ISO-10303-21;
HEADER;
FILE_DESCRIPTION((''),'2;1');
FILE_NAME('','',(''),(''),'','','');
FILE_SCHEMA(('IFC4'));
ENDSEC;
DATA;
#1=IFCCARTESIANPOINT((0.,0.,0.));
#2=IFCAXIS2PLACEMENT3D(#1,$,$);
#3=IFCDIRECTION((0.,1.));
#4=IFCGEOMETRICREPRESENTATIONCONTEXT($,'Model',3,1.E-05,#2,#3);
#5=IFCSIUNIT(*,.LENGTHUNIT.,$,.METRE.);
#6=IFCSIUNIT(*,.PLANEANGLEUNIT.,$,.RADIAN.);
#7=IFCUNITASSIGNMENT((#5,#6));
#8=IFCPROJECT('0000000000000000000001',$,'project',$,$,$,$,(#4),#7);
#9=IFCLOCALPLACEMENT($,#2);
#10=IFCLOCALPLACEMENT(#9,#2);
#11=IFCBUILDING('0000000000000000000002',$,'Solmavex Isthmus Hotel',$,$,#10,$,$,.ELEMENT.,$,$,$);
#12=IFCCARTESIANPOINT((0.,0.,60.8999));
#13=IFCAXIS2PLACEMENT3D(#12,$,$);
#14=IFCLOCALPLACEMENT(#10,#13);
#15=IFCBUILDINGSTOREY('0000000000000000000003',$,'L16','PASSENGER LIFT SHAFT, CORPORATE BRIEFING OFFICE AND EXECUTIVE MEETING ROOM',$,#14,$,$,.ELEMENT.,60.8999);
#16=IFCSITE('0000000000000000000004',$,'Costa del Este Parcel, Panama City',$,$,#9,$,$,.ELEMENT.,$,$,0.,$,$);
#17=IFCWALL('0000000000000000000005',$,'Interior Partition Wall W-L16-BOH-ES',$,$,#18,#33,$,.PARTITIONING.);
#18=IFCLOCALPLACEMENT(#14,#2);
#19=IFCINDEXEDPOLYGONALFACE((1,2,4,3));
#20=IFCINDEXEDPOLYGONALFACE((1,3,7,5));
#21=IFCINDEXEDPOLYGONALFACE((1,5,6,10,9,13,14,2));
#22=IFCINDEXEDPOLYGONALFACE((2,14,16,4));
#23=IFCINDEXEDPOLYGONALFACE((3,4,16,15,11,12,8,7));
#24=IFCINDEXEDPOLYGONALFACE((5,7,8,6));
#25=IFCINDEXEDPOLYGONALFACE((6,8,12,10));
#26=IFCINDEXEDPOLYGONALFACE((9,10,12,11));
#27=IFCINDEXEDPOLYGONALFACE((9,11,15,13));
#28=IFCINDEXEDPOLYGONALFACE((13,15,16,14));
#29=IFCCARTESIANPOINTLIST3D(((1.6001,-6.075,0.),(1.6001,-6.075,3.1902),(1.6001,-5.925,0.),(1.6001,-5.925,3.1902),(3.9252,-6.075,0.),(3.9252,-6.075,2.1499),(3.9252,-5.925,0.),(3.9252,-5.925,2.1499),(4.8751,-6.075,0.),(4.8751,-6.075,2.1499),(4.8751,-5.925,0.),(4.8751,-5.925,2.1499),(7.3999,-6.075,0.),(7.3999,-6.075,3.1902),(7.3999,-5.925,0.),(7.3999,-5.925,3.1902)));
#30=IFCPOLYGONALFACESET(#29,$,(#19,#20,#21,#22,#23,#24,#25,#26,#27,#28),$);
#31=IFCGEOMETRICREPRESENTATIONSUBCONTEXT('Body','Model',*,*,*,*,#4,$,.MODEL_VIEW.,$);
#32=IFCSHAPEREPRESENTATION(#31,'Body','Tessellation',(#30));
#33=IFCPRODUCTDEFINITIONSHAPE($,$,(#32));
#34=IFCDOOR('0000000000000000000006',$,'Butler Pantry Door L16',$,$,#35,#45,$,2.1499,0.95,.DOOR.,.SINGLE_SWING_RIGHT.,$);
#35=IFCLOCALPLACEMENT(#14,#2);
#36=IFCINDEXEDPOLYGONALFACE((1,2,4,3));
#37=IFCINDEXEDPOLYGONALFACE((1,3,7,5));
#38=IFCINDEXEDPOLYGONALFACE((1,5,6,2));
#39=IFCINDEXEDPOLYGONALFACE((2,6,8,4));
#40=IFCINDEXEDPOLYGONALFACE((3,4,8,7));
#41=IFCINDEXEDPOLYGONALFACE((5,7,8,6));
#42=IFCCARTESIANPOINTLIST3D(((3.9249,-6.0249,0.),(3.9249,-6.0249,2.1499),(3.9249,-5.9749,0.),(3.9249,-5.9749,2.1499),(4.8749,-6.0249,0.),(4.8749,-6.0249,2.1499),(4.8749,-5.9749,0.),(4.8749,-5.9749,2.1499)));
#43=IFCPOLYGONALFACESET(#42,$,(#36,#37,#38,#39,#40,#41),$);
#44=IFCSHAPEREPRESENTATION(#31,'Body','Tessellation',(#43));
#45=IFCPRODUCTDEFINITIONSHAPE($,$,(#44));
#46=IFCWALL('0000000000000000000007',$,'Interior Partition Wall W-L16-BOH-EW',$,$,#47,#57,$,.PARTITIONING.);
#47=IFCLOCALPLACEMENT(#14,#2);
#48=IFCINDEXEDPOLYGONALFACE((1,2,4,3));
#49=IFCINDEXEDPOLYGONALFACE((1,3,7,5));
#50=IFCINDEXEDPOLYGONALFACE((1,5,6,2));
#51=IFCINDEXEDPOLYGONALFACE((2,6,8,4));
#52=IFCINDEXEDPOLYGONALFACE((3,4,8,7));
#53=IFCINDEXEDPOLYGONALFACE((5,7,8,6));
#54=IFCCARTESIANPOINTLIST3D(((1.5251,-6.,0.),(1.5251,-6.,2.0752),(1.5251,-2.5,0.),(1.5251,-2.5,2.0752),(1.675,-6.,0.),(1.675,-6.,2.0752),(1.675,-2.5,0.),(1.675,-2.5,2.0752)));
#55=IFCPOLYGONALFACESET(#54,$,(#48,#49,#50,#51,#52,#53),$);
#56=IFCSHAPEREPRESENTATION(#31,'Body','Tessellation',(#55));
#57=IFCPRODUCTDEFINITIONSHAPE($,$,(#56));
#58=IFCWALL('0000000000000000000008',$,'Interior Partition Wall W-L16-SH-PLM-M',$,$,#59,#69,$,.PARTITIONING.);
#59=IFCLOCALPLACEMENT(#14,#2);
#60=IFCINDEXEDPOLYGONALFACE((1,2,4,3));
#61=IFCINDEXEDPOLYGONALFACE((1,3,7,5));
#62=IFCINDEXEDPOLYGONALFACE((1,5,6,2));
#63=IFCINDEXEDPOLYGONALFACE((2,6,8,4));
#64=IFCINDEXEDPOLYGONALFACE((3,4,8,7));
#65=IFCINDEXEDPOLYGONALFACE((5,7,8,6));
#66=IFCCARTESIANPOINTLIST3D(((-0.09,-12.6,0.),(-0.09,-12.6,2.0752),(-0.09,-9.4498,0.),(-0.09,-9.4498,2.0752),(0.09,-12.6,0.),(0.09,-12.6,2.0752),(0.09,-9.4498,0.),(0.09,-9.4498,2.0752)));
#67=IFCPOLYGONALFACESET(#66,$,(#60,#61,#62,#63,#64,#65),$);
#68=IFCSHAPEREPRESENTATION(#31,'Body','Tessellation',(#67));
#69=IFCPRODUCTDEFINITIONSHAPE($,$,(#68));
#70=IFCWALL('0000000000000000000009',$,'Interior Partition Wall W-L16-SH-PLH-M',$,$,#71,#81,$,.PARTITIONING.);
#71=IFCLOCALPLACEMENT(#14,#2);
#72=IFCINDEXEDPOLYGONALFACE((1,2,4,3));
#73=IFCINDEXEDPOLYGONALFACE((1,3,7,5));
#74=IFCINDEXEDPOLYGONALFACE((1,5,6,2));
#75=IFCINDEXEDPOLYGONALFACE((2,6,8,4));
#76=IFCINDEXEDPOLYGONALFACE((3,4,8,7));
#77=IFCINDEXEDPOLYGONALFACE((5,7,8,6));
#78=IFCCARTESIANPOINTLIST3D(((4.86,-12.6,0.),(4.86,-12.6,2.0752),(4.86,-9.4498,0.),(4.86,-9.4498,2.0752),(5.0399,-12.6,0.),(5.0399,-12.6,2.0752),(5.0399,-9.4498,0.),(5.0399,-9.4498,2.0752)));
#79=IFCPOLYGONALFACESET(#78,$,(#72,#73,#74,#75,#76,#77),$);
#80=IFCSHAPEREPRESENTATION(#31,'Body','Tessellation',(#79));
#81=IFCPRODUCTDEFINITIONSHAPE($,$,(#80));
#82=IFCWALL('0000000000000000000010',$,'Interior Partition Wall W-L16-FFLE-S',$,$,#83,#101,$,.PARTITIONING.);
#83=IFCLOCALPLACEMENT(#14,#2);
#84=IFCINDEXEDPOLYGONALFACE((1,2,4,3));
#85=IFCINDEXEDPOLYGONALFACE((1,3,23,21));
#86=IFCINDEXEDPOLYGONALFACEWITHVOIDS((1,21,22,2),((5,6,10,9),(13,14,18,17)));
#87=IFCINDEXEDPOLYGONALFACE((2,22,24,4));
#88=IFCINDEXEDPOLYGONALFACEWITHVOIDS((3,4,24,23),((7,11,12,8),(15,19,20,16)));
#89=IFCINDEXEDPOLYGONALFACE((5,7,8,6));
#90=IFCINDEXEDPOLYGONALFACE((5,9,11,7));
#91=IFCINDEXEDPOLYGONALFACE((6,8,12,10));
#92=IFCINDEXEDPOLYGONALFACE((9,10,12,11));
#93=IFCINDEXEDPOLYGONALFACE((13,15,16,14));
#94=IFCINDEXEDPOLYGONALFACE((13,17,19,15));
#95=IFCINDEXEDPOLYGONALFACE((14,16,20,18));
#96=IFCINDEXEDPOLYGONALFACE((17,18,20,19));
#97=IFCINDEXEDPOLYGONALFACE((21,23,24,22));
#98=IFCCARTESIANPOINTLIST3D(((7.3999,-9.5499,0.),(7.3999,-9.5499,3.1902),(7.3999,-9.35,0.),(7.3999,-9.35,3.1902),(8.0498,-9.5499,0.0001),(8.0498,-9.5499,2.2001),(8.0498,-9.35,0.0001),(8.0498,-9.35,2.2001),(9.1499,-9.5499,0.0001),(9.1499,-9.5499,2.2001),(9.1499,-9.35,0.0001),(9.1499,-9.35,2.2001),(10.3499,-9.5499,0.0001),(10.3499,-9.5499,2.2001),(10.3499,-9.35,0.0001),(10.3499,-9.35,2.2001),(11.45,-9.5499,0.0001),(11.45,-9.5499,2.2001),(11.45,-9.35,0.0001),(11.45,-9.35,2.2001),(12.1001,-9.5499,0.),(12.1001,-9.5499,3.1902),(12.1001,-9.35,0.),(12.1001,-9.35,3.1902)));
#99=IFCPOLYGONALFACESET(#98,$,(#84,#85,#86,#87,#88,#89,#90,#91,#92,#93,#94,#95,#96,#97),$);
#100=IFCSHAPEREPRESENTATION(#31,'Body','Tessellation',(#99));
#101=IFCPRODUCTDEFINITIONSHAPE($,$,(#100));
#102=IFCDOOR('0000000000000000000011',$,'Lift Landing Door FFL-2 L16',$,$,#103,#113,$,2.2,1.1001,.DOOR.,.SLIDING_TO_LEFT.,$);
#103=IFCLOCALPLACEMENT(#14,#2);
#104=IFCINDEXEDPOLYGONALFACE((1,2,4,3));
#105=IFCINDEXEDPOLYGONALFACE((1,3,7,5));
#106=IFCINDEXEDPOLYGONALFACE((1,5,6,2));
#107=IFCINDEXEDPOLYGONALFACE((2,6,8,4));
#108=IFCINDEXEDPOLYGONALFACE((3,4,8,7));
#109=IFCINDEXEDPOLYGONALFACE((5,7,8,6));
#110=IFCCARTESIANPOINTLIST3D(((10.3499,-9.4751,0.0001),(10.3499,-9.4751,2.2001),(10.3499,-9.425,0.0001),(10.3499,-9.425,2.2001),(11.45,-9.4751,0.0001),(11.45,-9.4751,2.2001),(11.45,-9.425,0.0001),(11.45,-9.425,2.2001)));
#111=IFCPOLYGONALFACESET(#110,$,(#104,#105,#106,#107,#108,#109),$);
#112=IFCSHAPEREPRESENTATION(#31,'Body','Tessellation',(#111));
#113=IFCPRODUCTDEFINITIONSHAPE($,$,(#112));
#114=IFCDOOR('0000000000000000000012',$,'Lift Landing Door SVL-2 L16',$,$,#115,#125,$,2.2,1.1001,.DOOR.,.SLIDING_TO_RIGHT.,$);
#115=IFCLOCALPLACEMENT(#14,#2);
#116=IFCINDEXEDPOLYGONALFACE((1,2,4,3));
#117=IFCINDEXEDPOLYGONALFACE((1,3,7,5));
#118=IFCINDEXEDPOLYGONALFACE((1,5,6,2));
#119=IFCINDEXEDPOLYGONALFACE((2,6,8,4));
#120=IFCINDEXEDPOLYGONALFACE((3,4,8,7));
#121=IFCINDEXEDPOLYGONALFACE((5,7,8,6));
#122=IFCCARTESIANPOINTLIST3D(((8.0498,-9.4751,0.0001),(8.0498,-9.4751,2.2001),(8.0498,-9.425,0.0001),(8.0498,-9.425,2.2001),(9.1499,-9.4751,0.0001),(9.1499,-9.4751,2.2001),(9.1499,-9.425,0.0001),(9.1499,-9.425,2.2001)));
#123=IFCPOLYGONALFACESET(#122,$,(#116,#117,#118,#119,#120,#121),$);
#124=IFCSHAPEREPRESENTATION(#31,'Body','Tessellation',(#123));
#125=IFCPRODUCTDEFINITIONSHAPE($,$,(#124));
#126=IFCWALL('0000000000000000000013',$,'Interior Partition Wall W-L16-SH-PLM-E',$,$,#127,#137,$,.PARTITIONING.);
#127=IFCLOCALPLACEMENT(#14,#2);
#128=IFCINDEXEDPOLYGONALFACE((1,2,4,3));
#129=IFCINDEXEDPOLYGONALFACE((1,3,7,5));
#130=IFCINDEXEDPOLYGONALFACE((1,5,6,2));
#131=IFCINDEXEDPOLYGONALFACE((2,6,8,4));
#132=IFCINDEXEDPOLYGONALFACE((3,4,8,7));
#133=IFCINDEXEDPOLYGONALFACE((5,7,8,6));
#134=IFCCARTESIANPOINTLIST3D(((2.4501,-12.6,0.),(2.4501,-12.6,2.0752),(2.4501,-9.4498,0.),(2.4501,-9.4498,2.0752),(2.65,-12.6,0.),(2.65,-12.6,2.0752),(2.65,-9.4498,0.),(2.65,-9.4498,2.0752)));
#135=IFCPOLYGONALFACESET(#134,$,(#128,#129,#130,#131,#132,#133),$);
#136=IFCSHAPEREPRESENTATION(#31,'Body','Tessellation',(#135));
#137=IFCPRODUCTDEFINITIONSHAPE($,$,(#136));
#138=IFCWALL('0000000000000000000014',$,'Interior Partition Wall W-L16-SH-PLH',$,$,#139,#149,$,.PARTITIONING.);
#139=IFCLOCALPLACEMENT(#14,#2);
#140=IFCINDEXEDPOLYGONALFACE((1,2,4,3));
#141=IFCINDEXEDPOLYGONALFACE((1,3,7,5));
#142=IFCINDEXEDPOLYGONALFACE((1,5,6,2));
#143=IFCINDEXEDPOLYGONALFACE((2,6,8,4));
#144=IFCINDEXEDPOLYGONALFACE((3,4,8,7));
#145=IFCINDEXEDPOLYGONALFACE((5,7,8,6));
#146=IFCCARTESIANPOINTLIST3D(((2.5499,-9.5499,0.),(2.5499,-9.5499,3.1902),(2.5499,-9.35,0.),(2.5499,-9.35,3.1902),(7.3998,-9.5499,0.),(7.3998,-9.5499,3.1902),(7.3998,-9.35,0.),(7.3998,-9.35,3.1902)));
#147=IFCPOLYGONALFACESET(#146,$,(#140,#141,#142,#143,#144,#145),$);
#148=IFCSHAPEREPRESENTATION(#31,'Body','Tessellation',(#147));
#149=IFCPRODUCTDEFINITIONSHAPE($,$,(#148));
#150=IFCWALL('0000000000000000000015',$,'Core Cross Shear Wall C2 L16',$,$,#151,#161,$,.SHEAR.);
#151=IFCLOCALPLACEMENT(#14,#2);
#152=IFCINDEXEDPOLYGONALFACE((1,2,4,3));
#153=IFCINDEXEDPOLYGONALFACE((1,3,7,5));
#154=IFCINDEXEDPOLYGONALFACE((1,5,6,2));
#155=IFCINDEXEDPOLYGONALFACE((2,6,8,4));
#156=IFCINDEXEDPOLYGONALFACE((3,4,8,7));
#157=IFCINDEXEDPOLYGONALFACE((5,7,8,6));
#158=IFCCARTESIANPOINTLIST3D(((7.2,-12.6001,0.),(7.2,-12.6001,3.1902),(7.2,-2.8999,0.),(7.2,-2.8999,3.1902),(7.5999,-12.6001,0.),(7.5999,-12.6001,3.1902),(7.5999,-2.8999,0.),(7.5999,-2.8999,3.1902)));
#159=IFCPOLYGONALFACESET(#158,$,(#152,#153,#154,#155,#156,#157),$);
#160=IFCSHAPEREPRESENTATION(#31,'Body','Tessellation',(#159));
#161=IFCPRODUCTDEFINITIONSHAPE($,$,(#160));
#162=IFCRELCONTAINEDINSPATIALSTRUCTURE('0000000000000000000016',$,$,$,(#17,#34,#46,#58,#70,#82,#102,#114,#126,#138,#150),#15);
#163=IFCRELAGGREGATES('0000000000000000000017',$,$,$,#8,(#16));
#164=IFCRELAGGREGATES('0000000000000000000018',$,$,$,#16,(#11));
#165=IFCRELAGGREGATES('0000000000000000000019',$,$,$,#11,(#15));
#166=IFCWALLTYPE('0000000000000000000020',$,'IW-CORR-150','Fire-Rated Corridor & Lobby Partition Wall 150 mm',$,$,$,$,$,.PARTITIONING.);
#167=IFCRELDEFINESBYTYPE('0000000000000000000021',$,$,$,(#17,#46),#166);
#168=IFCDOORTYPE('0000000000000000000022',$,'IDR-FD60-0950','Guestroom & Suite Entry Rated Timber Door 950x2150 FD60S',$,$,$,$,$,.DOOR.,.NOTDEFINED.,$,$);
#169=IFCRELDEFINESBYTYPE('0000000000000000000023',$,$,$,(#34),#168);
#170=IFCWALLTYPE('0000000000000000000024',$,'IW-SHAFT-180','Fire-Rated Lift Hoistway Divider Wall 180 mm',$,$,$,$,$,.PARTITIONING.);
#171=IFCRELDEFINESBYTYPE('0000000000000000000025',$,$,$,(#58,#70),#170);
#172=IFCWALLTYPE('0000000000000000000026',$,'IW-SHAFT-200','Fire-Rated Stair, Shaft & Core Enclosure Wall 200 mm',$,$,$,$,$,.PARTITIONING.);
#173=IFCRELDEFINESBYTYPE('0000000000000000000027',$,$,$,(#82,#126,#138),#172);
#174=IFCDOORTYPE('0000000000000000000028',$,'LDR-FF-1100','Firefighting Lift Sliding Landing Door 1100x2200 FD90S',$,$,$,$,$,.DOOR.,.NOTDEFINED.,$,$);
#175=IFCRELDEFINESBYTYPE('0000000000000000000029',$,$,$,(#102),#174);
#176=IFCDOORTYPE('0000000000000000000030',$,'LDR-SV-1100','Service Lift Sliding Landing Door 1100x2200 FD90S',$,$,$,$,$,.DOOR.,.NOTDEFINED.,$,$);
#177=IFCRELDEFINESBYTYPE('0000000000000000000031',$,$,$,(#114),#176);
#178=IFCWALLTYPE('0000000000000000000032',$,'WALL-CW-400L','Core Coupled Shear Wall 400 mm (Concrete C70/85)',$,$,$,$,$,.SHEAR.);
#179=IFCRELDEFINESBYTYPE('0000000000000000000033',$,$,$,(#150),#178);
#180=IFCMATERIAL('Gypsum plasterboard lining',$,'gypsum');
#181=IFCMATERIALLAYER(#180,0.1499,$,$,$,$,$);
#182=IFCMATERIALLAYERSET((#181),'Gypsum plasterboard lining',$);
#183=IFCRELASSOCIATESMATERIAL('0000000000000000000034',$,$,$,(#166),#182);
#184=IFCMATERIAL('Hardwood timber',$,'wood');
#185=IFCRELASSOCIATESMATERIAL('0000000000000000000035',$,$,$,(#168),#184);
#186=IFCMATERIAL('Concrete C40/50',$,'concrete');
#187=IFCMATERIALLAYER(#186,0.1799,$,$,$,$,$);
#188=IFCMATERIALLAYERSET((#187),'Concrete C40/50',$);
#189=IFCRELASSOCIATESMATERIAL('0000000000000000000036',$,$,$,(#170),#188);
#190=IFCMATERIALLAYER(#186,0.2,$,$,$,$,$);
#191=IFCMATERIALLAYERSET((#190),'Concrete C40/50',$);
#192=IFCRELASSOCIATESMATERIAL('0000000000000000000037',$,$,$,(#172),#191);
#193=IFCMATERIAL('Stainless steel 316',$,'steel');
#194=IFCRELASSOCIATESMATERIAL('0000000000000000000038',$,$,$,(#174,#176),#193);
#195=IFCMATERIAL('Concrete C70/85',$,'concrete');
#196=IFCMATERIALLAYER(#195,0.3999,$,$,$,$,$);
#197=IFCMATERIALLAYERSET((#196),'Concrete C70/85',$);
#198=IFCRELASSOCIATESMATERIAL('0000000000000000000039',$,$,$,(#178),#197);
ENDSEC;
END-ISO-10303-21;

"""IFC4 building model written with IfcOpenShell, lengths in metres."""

from ifc_helpers import new_model, si_unit, direction, frame, frame_2d, origin, place, context, subcontext, project, spatial, rectangle, extrude, material, layer, layer_set, type_object, element, fill, save


model = new_model("IFC4")

# Units and contexts
model_context = context("Model", 3, precision=1e-05, world=origin(), true_north=direction((0.0, 1.0)))
body_context = subcontext(model_context, "Body", "Model", "MODEL_VIEW")
ifc_project = project(units=[si_unit("LENGTHUNIT", "METRE"), si_unit("PLANEANGLEUNIT", "RADIAN")], contexts=[model_context])

# Site, building, storey
site_placement = place(None, origin())
site = spatial("IfcSite", under=ifc_project, at=site_placement, Name="Costa del Este Parcel, Panama City", CompositionType="ELEMENT", RefElevation=0.0)
building_placement = place(site_placement, origin())
building = spatial("IfcBuilding", under=site, at=building_placement, Name="Solmavex Isthmus Hotel", CompositionType="ELEMENT")
storey_placement = place(building_placement, frame((0.0, 0.0, 60.8999)))
storey = spatial("IfcBuildingStorey", under=building, at=storey_placement, Name="L16", Description="PASSENGER LIFT SHAFT, CORPORATE BRIEFING OFFICE AND EXECUTIVE MEETING ROOM", CompositionType="ELEMENT", Elevation=60.8999)

# Shared definitions
ifc_material_1 = material(Name="Concrete C70/85", Category="concrete")

# Shared definitions
ifc_material_2 = material(Name="Concrete C40/50", Category="concrete")

# Shared definitions
ifc_material_3 = material(Name="Gypsum plasterboard lining", Category="gypsum")

# Wall, opening, door
ifc_layer_1 = layer(ifc_material_3, 0.1499)
ifc_layer_set_1 = layer_set([ifc_layer_1], Name="Gypsum plasterboard lining")
wall_type_1 = type_object("IfcWallType", Name="IW-CORR-150", Description="Fire-Rated Corridor & Lobby Partition Wall 150 mm", PredefinedType="PARTITIONING", material=ifc_layer_set_1)
wall_1_placement = place(storey_placement, frame((1.6001, -6.0, 0.0), z_axis=(0.0, 0.0, 1.0), x_axis=(1.0, 0.0, 0.0)))
wall_1 = element("IfcWall", 1, at=wall_1_placement, inside=storey, type_object=wall_type_1, Name="Interior Partition Wall W-L16-BOH-ES", PredefinedType="PARTITIONING", context=body_context, shape_type="SweptSolid", body=[
    extrude(rectangle(XDim=5.7998, YDim=0.1499, at=frame_2d((2.8999, 0.0))), origin(), (0.0, 0.0, 1.0), 3.1902),
])
opening_1_placement = place(wall_1_placement, frame((2.325, 0.0, 0.0)))
opening_1 = element("IfcOpeningElement", 2, at=opening_1_placement, cuts=wall_1, PredefinedType="OPENING", context=body_context, shape_type="SweptSolid", body=[
    extrude(rectangle(XDim=0.95, YDim=2.1499, at=frame_2d((0.4751, 1.075))), frame((0.0, 0.085, 0.0), z_axis=(0.0, -1.0, 0.0), x_axis=(1.0, 0.0, 0.0)), (0.0, 0.0, 1.0), 0.1699),
])
ifc_material_4 = material(Name="Hardwood timber", Category="wood")
door_type_1 = type_object("IfcDoorType", Name="IDR-FD60-0950", Description="Guestroom & Suite Entry Rated Timber Door 950x2150 FD60S", OperationType="NOTDEFINED", PredefinedType="DOOR", material=ifc_material_4)
door_1_placement = place(opening_1_placement, frame((0.95, 0.0, 0.0), z_axis=(0.0, 0.0, 1.0), x_axis=(-1.0, 0.0, 0.0)))
door_1 = element("IfcDoor", 3, at=door_1_placement, inside=storey, type_object=door_type_1, Name="Butler Pantry Door L16", OperationType="SINGLE_SWING_RIGHT", OverallHeight=2.1499, OverallWidth=0.95, PredefinedType="DOOR", context=body_context, shape_type="SweptSolid", body=[
    extrude(rectangle(XDim=0.95, YDim=2.1499, at=frame_2d((0.4751, 1.075))), frame((0.0, 0.0249, 0.0), z_axis=(0.0, -1.0, 0.0), x_axis=(1.0, 0.0, 0.0)), (0.0, 0.0, 1.0), 0.05),
])
fill(opening_1, door_1)

# Walls
wall_2_placement = place(storey_placement, frame((1.6001, -6.0, 0.0), z_axis=(0.0, 0.0, 1.0), x_axis=(0.0, 1.0, 0.0)))
element("IfcWall", 4, at=wall_2_placement, inside=storey, type_object=wall_type_1, Name="Interior Partition Wall W-L16-BOH-EW", PredefinedType="PARTITIONING", context=body_context, shape_type="SweptSolid", body=[
    extrude(rectangle(XDim=3.5, YDim=0.1499, at=frame_2d((1.75, 0.0))), origin(), (0.0, 0.0, 1.0), 2.0752),
])
ifc_layer_2 = layer(ifc_material_2, 0.1799)
ifc_layer_set_2 = layer_set([ifc_layer_2], Name="Concrete C40/50")
wall_type_2 = type_object("IfcWallType", Name="IW-SHAFT-180", Description="Fire-Rated Lift Hoistway Divider Wall 180 mm", PredefinedType="PARTITIONING", material=ifc_layer_set_2)
for number, where, z_axis, x_axis, name in (
    (5, (0.0, -12.6001, 0.0), (0.0, 0.0, 1.0), (0.0, 1.0, 0.0), "Interior Partition Wall W-L16-SH-PLM-M"),
    (6, (4.95, -12.6001, 0.0), (0.0, 0.0, 1.0), (0.0, 1.0, 0.0), "Interior Partition Wall W-L16-SH-PLH-M"),
):
    element("IfcWall", number, at=place(storey_placement, frame(where, z_axis=z_axis, x_axis=x_axis)), inside=storey, type_object=wall_type_2, Name=name, PredefinedType="PARTITIONING", context=body_context, shape_type="SweptSolid", body=[
        extrude(rectangle(XDim=3.1501, YDim=0.1799, at=frame_2d((1.5752, 0.0))), origin(), (0.0, 0.0, 1.0), 2.0752),
    ])

# Wall, openings, doors
ifc_layer_3 = layer(ifc_material_2, 0.2)
ifc_layer_set_3 = layer_set([ifc_layer_3], Name="Concrete C40/50")
wall_type_3 = type_object("IfcWallType", Name="IW-SHAFT-200", Description="Fire-Rated Stair, Shaft & Core Enclosure Wall 200 mm", PredefinedType="PARTITIONING", material=ifc_layer_set_3)
wall_3_placement = place(storey_placement, frame((7.3999, -9.45, 0.0), z_axis=(0.0, 0.0, 1.0), x_axis=(1.0, 0.0, 0.0)))
wall_3 = element("IfcWall", 7, at=wall_3_placement, inside=storey, type_object=wall_type_3, Name="Interior Partition Wall W-L16-FFLE-S", PredefinedType="PARTITIONING", context=body_context, shape_type="SweptSolid", body=[
    extrude(rectangle(XDim=4.7002, YDim=0.2, at=frame_2d((2.3501, 0.0))), origin(), (0.0, 0.0, 1.0), 3.1902),
])
opening_2_placement = place(wall_3_placement, frame((2.95, 0.0, 0.0)))
opening_2 = element("IfcOpeningElement", 8, at=opening_2_placement, cuts=wall_3, PredefinedType="OPENING", context=body_context, shape_type="SweptSolid", body=[
    extrude(rectangle(XDim=1.1001, YDim=2.2, at=frame_2d((0.55, 1.1001))), frame((0.0, 0.1099, 0.0), z_axis=(0.0, -1.0, 0.0), x_axis=(1.0, 0.0, 0.0)), (0.0, 0.0, 1.0), 0.22),
])
opening_3_placement = place(wall_3_placement, frame((0.6499, 0.0, 0.0)))
opening_3 = element("IfcOpeningElement", 9, at=opening_3_placement, cuts=wall_3, PredefinedType="OPENING", context=body_context, shape_type="SweptSolid", body=[
    extrude(rectangle(XDim=1.1001, YDim=2.2, at=frame_2d((0.55, 1.1001))), frame((0.0, 0.1099, 0.0), z_axis=(0.0, -1.0, 0.0), x_axis=(1.0, 0.0, 0.0)), (0.0, 0.0, 1.0), 0.22),
])
ifc_material_5 = material(Name="Stainless steel 316", Category="steel")
door_type_2 = type_object("IfcDoorType", Name="LDR-FF-1100", Description="Firefighting Lift Sliding Landing Door 1100x2200 FD90S", OperationType="NOTDEFINED", PredefinedType="DOOR", material=ifc_material_5)
door_2_placement = place(opening_2_placement, origin())
door_2 = element("IfcDoor", 10, at=door_2_placement, inside=storey, type_object=door_type_2, Name="Lift Landing Door FFL-2 L16", OperationType="SLIDING_TO_LEFT", OverallHeight=2.2, OverallWidth=1.1001, PredefinedType="DOOR", context=body_context, shape_type="SweptSolid", body=[
    extrude(rectangle(XDim=1.1001, YDim=2.2, at=frame_2d((0.55, 1.1001))), frame((0.0, 0.0249, 0.0), z_axis=(0.0, -1.0, 0.0), x_axis=(1.0, 0.0, 0.0)), (0.0, 0.0, 1.0), 0.05),
])
fill(opening_2, door_2)
door_type_3 = type_object("IfcDoorType", Name="LDR-SV-1100", Description="Service Lift Sliding Landing Door 1100x2200 FD90S", OperationType="NOTDEFINED", PredefinedType="DOOR", material=ifc_material_5)
door_3_placement = place(opening_3_placement, origin())
door_3 = element("IfcDoor", 11, at=door_3_placement, inside=storey, type_object=door_type_3, Name="Lift Landing Door SVL-2 L16", OperationType="SLIDING_TO_RIGHT", OverallHeight=2.2, OverallWidth=1.1001, PredefinedType="DOOR", context=body_context, shape_type="SweptSolid", body=[
    extrude(rectangle(XDim=1.1001, YDim=2.2, at=frame_2d((0.55, 1.1001))), frame((0.0, 0.0249, 0.0), z_axis=(0.0, -1.0, 0.0), x_axis=(1.0, 0.0, 0.0)), (0.0, 0.0, 1.0), 0.05),
])
fill(opening_3, door_3)

# Walls
wall_4_placement = place(storey_placement, frame((2.55, -12.6001, 0.0), z_axis=(0.0, 0.0, 1.0), x_axis=(0.0, 1.0, 0.0)))
element("IfcWall", 12, at=wall_4_placement, inside=storey, type_object=wall_type_3, Name="Interior Partition Wall W-L16-SH-PLM-E", PredefinedType="PARTITIONING", context=body_context, shape_type="SweptSolid", body=[
    extrude(rectangle(XDim=3.1501, YDim=0.2, at=frame_2d((1.5752, 0.0))), origin(), (0.0, 0.0, 1.0), 2.0752),
])
wall_5_placement = place(storey_placement, frame((2.55, -9.45, 0.0), z_axis=(0.0, 0.0, 1.0), x_axis=(1.0, 0.0, 0.0)))
element("IfcWall", 13, at=wall_5_placement, inside=storey, type_object=wall_type_3, Name="Interior Partition Wall W-L16-SH-PLH", PredefinedType="PARTITIONING", context=body_context, shape_type="SweptSolid", body=[
    extrude(rectangle(XDim=4.8499, YDim=0.2, at=frame_2d((2.4248, 0.0))), origin(), (0.0, 0.0, 1.0), 3.1902),
])
ifc_layer_4 = layer(ifc_material_1, 0.3999)
ifc_layer_set_4 = layer_set([ifc_layer_4], Name="Concrete C70/85")
wall_type_4 = type_object("IfcWallType", Name="WALL-CW-400L", Description="Core Coupled Shear Wall 400 mm (Concrete C70/85)", PredefinedType="SHEAR", material=ifc_layer_set_4)
wall_6_placement = place(storey_placement, frame((7.3999, -12.6001, 0.0), z_axis=(0.0, 0.0, 1.0), x_axis=(0.0, 1.0, 0.0)))
element("IfcWall", 14, at=wall_6_placement, inside=storey, type_object=wall_type_4, Name="Core Cross Shear Wall C2 L16", PredefinedType="SHEAR", context=body_context, shape_type="SweptSolid", body=[
    extrude(rectangle(XDim=9.7002, YDim=0.3999, at=frame_2d((4.8501, 0.0))), origin(), (0.0, 0.0, 1.0), 3.1902),
])

save(model, "model.ifc")
